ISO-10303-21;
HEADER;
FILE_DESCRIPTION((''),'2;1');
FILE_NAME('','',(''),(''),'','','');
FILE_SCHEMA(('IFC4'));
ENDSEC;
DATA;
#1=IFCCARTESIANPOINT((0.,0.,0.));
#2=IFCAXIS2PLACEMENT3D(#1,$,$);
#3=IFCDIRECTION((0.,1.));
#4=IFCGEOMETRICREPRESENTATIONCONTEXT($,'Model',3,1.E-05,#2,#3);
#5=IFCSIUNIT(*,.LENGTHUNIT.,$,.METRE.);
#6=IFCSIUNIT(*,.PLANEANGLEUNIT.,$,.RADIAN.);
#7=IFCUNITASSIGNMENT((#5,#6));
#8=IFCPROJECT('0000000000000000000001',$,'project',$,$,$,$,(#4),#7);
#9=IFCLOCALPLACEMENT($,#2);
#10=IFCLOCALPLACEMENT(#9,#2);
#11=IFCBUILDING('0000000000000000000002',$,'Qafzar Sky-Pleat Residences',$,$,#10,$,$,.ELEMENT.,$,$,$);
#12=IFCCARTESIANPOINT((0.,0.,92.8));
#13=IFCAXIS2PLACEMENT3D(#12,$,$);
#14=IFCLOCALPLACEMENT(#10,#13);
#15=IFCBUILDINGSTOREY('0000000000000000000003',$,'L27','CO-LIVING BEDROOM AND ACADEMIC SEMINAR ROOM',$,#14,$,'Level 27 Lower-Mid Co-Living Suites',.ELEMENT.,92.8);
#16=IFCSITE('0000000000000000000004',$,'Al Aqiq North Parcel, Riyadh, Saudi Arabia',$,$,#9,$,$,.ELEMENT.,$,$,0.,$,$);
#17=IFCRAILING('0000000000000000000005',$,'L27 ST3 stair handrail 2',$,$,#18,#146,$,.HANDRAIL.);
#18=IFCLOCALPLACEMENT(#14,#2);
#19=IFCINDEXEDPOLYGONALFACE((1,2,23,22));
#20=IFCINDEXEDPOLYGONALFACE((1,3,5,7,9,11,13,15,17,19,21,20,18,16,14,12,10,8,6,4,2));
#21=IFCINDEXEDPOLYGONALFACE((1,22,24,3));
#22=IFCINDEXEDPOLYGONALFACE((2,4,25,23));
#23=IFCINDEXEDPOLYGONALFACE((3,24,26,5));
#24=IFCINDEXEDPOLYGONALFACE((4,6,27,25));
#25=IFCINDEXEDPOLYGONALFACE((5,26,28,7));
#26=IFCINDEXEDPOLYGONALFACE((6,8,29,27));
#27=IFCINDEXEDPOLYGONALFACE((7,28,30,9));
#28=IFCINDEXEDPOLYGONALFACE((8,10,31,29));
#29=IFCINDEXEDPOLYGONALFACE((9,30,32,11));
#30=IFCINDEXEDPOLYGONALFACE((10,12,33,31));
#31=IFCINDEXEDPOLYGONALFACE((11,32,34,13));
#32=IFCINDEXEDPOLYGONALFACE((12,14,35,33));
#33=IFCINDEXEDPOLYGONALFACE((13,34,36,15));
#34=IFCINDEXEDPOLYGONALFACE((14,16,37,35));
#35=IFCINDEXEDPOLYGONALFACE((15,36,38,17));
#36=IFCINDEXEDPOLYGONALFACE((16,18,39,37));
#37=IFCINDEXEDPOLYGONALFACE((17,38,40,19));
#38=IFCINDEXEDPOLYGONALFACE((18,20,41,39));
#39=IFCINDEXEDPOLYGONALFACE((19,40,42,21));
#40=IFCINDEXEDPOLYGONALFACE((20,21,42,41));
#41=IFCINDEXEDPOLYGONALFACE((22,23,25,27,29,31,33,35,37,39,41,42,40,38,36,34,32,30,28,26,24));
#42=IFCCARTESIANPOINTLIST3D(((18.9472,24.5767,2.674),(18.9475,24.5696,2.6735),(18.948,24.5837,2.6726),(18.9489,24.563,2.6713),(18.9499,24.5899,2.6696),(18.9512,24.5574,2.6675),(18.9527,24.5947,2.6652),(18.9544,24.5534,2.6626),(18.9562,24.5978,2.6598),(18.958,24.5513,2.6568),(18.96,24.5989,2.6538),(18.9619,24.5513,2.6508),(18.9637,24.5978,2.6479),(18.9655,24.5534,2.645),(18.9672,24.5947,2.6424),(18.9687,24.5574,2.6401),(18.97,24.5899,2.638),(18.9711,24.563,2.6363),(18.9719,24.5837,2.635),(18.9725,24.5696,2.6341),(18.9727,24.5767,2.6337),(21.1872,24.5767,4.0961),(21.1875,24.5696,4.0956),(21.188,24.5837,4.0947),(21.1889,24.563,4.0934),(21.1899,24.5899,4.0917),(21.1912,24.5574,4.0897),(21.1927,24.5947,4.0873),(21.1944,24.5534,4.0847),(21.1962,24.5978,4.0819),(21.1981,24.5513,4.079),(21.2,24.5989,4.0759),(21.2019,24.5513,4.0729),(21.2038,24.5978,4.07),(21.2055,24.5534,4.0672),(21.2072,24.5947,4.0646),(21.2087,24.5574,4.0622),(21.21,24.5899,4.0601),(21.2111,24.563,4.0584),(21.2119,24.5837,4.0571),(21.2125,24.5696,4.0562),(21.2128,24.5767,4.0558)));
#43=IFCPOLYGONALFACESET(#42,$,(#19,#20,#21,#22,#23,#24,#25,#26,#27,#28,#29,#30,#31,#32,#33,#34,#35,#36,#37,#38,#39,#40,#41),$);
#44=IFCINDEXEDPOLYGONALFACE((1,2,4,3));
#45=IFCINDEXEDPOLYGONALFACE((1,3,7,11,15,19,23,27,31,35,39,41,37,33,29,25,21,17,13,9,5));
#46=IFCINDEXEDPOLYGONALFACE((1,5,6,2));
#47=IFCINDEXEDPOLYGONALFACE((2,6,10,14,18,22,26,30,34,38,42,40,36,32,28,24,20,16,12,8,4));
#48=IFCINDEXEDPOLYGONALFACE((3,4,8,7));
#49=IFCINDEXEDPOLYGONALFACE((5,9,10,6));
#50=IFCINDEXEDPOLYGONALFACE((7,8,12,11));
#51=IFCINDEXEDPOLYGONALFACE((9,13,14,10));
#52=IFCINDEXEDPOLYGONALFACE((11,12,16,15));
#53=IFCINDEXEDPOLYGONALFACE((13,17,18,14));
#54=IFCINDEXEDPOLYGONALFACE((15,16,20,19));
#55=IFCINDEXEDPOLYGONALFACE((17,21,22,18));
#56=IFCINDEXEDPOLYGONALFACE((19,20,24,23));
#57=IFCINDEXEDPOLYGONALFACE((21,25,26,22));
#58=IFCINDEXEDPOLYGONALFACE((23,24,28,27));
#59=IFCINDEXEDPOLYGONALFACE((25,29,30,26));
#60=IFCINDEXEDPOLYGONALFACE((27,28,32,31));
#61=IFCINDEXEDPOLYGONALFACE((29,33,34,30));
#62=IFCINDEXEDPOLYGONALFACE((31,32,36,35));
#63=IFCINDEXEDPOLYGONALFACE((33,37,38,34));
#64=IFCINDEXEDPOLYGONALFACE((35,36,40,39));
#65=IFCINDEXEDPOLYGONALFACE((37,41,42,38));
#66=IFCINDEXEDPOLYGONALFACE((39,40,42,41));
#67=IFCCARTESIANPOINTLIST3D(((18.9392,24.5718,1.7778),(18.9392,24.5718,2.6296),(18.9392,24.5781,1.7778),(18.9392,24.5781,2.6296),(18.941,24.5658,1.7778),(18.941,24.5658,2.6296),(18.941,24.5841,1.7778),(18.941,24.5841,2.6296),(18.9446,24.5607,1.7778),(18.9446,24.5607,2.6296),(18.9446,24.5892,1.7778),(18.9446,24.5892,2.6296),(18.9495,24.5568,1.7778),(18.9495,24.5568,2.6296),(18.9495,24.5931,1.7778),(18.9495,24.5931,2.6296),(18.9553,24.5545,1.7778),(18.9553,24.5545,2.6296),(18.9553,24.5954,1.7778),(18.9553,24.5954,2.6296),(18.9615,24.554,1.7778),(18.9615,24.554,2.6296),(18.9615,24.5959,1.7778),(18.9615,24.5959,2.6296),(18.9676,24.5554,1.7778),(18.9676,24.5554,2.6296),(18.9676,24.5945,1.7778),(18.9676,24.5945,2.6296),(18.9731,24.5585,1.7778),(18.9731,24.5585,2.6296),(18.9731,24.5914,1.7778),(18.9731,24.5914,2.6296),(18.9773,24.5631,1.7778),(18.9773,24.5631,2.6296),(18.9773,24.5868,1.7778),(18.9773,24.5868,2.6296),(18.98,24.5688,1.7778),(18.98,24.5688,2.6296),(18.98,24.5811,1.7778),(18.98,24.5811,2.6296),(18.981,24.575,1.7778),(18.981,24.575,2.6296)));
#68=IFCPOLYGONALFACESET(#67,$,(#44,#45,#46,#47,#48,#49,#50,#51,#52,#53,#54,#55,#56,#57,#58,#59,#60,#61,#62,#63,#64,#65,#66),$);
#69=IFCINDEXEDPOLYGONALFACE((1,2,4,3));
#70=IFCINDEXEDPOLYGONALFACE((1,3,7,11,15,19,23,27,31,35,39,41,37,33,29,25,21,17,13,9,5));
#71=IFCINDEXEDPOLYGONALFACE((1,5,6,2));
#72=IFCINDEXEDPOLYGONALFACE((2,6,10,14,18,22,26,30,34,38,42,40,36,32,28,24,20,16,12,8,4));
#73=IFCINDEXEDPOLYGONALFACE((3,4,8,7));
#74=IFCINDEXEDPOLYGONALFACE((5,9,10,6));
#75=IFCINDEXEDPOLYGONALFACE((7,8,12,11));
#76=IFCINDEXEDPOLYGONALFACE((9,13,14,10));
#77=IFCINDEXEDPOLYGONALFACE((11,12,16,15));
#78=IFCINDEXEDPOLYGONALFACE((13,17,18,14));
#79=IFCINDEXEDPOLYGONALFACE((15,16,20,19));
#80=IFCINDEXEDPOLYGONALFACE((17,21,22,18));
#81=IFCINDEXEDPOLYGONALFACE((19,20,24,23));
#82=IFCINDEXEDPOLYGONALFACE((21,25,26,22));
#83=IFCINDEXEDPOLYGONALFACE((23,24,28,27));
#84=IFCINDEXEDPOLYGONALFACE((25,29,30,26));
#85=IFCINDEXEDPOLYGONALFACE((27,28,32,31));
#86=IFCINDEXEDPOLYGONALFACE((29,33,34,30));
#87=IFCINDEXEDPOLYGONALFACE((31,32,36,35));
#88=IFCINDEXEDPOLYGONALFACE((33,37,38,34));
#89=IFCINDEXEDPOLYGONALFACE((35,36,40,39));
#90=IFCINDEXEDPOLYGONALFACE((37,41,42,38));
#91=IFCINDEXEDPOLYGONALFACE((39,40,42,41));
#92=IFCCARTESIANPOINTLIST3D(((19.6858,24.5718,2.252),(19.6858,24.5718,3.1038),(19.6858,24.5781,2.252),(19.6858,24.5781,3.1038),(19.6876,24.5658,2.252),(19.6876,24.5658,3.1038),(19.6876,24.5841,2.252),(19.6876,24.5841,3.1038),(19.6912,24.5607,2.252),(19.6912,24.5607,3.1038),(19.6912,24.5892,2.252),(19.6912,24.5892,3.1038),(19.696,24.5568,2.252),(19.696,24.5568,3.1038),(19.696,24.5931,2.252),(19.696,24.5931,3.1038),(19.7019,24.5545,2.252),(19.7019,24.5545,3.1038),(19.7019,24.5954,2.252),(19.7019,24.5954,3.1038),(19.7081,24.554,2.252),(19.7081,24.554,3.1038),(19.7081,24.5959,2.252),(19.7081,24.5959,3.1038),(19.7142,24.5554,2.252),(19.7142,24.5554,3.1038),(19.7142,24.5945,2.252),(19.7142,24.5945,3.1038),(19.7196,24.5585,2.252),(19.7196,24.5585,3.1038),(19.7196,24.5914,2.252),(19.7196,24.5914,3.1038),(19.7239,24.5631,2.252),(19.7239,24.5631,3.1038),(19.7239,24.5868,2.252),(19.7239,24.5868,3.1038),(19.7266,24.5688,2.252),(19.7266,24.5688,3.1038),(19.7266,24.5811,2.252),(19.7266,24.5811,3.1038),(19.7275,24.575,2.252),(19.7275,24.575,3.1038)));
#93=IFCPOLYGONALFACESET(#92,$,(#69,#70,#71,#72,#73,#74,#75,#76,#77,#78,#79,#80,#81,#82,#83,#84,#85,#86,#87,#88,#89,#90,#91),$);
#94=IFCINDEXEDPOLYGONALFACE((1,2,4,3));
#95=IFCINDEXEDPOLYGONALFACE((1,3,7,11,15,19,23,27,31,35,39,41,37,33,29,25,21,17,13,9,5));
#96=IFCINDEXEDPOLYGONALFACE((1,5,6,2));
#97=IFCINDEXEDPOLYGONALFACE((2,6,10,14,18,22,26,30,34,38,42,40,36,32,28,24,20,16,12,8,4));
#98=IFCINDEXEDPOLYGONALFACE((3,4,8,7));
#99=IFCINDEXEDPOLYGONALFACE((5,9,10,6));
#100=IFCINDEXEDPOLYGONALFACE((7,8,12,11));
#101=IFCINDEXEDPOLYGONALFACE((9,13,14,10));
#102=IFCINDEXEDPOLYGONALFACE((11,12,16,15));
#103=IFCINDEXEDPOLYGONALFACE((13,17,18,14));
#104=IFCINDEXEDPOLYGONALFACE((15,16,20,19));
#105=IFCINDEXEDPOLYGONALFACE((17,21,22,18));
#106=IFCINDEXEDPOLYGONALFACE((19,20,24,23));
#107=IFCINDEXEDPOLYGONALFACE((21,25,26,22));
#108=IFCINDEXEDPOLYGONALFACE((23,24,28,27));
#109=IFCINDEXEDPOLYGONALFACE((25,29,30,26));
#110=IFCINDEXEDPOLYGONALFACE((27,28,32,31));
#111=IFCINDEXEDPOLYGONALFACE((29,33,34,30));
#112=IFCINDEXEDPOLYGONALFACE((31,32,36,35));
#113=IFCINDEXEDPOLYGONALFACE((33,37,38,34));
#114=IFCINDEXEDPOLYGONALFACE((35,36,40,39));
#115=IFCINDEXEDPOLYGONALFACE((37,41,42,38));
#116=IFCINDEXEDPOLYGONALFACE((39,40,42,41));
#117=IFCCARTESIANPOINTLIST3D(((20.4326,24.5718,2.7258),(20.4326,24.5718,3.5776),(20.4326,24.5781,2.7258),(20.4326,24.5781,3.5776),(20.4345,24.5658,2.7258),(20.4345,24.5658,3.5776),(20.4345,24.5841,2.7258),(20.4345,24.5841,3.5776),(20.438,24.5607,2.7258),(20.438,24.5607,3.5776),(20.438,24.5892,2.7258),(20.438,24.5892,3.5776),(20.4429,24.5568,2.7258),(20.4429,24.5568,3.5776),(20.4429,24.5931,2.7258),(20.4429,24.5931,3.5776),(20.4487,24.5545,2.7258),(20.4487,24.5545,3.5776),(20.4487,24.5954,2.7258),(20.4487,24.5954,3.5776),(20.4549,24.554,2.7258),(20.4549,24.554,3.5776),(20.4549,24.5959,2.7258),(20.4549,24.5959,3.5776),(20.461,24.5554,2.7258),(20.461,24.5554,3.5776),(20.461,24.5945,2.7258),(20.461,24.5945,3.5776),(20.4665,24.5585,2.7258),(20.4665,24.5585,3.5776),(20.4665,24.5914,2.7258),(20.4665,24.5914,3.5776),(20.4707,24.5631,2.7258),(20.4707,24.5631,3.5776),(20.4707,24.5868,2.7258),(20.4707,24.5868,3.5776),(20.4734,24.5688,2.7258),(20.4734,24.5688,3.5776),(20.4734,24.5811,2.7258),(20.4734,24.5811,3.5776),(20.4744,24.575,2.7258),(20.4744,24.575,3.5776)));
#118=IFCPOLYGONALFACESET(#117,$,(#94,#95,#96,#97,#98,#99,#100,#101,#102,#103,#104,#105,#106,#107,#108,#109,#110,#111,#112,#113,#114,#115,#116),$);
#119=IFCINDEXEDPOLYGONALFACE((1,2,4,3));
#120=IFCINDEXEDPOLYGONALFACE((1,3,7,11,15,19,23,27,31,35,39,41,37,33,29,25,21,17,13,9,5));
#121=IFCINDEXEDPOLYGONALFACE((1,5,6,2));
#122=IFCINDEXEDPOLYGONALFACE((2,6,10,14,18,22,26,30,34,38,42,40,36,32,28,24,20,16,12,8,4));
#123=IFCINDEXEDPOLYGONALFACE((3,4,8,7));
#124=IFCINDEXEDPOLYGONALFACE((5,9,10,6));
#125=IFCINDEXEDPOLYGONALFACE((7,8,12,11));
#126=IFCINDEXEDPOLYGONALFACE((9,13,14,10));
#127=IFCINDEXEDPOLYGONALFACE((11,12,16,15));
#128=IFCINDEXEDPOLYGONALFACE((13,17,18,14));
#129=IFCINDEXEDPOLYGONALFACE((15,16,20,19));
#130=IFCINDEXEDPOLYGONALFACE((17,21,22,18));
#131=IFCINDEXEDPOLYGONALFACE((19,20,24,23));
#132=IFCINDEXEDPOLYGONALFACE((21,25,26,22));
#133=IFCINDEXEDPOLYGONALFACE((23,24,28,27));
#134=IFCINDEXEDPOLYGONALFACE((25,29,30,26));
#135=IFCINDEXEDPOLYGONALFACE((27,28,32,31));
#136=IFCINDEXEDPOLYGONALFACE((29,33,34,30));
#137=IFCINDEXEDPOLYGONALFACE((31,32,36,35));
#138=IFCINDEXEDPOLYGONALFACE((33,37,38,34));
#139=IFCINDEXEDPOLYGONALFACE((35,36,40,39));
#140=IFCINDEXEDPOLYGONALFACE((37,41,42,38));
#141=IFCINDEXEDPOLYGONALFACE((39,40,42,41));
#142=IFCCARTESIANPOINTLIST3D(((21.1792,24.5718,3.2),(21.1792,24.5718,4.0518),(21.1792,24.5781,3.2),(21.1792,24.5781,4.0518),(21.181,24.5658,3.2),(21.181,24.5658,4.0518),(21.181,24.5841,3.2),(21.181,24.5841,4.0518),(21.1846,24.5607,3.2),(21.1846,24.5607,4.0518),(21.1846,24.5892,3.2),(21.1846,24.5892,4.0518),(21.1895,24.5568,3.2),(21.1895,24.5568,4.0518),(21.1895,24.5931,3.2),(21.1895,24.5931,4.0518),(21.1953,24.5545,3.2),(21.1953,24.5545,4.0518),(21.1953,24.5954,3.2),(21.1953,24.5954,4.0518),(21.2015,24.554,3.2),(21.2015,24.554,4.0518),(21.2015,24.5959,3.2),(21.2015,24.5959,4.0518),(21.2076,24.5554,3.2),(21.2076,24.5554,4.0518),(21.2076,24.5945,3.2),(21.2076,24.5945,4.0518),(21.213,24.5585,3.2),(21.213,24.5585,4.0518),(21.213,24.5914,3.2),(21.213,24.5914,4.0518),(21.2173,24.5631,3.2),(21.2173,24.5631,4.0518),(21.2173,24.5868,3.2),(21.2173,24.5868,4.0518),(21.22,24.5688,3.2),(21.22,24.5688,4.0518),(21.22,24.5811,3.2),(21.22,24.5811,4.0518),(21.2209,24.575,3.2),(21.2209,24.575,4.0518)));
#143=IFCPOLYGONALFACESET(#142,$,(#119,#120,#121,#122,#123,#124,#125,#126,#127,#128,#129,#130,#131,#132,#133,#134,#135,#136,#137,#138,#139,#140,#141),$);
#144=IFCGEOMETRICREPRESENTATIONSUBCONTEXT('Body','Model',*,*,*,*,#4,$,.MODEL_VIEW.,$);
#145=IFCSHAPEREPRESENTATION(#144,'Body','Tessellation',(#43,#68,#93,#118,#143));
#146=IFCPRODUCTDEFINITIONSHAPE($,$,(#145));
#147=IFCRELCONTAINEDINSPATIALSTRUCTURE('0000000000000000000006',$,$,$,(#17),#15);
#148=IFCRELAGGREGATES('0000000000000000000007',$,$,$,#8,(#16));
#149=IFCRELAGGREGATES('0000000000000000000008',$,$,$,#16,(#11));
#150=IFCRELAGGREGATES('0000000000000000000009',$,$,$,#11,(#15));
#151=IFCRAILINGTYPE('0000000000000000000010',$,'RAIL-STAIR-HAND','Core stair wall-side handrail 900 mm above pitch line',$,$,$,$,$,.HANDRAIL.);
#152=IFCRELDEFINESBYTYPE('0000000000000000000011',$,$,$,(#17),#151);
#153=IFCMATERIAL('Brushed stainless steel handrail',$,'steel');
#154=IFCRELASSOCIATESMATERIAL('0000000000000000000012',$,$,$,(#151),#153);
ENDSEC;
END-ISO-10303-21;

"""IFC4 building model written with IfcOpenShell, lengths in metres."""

from ifc_helpers import new_model, si_unit, direction, frame, origin, origin_2d, place, context, subcontext, project, spatial, circle, extrude, source, transform, mapped, material, type_object, element, save


model = new_model("IFC4")

# Units and contexts
model_context = context("Model", 3, precision=1e-05, world=origin(), true_north=direction((0.0, 1.0)))
body_context = subcontext(model_context, "Body", "Model", "MODEL_VIEW")
ifc_project = project(units=[si_unit("LENGTHUNIT", "METRE"), si_unit("PLANEANGLEUNIT", "RADIAN")], contexts=[model_context])

# Site, building, storey
site_placement = place(None, origin())
site = spatial("IfcSite", under=ifc_project, at=site_placement, Name="Al Aqiq North Parcel, Riyadh, Saudi Arabia", CompositionType="ELEMENT", RefElevation=0.0)
building_placement = place(site_placement, origin())
building = spatial("IfcBuilding", under=site, at=building_placement, Name="Qafzar Sky-Pleat Residences", CompositionType="ELEMENT")
storey_placement = place(building_placement, frame((0.0, 0.0, 92.8)))
storey = spatial("IfcBuildingStorey", under=building, at=storey_placement, Name="L27", Description="CO-LIVING BEDROOM AND ACADEMIC SEMINAR ROOM", LongName="Level 27 Lower-Mid Co-Living Suites", CompositionType="ELEMENT", Elevation=92.8)

# Railing
ifc_material_1 = material(Name="Brushed stainless steel handrail", Category="steel")
railing_type_1 = type_object("IfcRailingType", Name="RAIL-STAIR-HAND", Description="Core stair wall-side handrail 900 mm above pitch line", PredefinedType="HANDRAIL", material=ifc_material_1)
shared_shape_1 = source(origin(), body_context, "Body", "SweptSolid", [
    extrude(circle(Radius=0.0239, at=origin_2d()), frame((0.0, 0.0, 0.876), z_axis=(0.844229, 0.0, 0.535982), x_axis=(0.0, 1.0, 0.0)), (0.0, 0.0, 1.0), 2.6533),
    extrude(circle(Radius=0.021, at=origin_2d()), origin(), (0.0, 0.0, 1.0), 0.8518),
    extrude(circle(Radius=0.021, at=origin_2d()), frame((0.7466, 0.0, 0.4741)), (0.0, 0.0, 1.0), 0.8518),
    extrude(circle(Radius=0.021, at=origin_2d()), frame((1.4934, 0.0, 0.948)), (0.0, 0.0, 1.0), 0.8518),
    extrude(circle(Radius=0.021, at=origin_2d()), frame((2.24, 0.0, 1.4221)), (0.0, 0.0, 1.0), 0.8518),
])
railing_1_placement = place(storey_placement, frame((18.96, 24.575, 1.7778)))
element("IfcRailing", 1, at=railing_1_placement, inside=storey, type_object=railing_type_1, Name="L27 ST3 stair handrail 2", PredefinedType="HANDRAIL", context=body_context, shape_type="MappedRepresentation", body=[
    mapped(shared_shape_1, transform((0.0, 0.0, 0.0), x_axis=(1.0, 0.0, 0.0), y_axis=(0.0, 1.0, 0.0), z_axis=(0.0, 0.0, 1.0), scale=1.0)),
])

save(model, "model.ifc")
